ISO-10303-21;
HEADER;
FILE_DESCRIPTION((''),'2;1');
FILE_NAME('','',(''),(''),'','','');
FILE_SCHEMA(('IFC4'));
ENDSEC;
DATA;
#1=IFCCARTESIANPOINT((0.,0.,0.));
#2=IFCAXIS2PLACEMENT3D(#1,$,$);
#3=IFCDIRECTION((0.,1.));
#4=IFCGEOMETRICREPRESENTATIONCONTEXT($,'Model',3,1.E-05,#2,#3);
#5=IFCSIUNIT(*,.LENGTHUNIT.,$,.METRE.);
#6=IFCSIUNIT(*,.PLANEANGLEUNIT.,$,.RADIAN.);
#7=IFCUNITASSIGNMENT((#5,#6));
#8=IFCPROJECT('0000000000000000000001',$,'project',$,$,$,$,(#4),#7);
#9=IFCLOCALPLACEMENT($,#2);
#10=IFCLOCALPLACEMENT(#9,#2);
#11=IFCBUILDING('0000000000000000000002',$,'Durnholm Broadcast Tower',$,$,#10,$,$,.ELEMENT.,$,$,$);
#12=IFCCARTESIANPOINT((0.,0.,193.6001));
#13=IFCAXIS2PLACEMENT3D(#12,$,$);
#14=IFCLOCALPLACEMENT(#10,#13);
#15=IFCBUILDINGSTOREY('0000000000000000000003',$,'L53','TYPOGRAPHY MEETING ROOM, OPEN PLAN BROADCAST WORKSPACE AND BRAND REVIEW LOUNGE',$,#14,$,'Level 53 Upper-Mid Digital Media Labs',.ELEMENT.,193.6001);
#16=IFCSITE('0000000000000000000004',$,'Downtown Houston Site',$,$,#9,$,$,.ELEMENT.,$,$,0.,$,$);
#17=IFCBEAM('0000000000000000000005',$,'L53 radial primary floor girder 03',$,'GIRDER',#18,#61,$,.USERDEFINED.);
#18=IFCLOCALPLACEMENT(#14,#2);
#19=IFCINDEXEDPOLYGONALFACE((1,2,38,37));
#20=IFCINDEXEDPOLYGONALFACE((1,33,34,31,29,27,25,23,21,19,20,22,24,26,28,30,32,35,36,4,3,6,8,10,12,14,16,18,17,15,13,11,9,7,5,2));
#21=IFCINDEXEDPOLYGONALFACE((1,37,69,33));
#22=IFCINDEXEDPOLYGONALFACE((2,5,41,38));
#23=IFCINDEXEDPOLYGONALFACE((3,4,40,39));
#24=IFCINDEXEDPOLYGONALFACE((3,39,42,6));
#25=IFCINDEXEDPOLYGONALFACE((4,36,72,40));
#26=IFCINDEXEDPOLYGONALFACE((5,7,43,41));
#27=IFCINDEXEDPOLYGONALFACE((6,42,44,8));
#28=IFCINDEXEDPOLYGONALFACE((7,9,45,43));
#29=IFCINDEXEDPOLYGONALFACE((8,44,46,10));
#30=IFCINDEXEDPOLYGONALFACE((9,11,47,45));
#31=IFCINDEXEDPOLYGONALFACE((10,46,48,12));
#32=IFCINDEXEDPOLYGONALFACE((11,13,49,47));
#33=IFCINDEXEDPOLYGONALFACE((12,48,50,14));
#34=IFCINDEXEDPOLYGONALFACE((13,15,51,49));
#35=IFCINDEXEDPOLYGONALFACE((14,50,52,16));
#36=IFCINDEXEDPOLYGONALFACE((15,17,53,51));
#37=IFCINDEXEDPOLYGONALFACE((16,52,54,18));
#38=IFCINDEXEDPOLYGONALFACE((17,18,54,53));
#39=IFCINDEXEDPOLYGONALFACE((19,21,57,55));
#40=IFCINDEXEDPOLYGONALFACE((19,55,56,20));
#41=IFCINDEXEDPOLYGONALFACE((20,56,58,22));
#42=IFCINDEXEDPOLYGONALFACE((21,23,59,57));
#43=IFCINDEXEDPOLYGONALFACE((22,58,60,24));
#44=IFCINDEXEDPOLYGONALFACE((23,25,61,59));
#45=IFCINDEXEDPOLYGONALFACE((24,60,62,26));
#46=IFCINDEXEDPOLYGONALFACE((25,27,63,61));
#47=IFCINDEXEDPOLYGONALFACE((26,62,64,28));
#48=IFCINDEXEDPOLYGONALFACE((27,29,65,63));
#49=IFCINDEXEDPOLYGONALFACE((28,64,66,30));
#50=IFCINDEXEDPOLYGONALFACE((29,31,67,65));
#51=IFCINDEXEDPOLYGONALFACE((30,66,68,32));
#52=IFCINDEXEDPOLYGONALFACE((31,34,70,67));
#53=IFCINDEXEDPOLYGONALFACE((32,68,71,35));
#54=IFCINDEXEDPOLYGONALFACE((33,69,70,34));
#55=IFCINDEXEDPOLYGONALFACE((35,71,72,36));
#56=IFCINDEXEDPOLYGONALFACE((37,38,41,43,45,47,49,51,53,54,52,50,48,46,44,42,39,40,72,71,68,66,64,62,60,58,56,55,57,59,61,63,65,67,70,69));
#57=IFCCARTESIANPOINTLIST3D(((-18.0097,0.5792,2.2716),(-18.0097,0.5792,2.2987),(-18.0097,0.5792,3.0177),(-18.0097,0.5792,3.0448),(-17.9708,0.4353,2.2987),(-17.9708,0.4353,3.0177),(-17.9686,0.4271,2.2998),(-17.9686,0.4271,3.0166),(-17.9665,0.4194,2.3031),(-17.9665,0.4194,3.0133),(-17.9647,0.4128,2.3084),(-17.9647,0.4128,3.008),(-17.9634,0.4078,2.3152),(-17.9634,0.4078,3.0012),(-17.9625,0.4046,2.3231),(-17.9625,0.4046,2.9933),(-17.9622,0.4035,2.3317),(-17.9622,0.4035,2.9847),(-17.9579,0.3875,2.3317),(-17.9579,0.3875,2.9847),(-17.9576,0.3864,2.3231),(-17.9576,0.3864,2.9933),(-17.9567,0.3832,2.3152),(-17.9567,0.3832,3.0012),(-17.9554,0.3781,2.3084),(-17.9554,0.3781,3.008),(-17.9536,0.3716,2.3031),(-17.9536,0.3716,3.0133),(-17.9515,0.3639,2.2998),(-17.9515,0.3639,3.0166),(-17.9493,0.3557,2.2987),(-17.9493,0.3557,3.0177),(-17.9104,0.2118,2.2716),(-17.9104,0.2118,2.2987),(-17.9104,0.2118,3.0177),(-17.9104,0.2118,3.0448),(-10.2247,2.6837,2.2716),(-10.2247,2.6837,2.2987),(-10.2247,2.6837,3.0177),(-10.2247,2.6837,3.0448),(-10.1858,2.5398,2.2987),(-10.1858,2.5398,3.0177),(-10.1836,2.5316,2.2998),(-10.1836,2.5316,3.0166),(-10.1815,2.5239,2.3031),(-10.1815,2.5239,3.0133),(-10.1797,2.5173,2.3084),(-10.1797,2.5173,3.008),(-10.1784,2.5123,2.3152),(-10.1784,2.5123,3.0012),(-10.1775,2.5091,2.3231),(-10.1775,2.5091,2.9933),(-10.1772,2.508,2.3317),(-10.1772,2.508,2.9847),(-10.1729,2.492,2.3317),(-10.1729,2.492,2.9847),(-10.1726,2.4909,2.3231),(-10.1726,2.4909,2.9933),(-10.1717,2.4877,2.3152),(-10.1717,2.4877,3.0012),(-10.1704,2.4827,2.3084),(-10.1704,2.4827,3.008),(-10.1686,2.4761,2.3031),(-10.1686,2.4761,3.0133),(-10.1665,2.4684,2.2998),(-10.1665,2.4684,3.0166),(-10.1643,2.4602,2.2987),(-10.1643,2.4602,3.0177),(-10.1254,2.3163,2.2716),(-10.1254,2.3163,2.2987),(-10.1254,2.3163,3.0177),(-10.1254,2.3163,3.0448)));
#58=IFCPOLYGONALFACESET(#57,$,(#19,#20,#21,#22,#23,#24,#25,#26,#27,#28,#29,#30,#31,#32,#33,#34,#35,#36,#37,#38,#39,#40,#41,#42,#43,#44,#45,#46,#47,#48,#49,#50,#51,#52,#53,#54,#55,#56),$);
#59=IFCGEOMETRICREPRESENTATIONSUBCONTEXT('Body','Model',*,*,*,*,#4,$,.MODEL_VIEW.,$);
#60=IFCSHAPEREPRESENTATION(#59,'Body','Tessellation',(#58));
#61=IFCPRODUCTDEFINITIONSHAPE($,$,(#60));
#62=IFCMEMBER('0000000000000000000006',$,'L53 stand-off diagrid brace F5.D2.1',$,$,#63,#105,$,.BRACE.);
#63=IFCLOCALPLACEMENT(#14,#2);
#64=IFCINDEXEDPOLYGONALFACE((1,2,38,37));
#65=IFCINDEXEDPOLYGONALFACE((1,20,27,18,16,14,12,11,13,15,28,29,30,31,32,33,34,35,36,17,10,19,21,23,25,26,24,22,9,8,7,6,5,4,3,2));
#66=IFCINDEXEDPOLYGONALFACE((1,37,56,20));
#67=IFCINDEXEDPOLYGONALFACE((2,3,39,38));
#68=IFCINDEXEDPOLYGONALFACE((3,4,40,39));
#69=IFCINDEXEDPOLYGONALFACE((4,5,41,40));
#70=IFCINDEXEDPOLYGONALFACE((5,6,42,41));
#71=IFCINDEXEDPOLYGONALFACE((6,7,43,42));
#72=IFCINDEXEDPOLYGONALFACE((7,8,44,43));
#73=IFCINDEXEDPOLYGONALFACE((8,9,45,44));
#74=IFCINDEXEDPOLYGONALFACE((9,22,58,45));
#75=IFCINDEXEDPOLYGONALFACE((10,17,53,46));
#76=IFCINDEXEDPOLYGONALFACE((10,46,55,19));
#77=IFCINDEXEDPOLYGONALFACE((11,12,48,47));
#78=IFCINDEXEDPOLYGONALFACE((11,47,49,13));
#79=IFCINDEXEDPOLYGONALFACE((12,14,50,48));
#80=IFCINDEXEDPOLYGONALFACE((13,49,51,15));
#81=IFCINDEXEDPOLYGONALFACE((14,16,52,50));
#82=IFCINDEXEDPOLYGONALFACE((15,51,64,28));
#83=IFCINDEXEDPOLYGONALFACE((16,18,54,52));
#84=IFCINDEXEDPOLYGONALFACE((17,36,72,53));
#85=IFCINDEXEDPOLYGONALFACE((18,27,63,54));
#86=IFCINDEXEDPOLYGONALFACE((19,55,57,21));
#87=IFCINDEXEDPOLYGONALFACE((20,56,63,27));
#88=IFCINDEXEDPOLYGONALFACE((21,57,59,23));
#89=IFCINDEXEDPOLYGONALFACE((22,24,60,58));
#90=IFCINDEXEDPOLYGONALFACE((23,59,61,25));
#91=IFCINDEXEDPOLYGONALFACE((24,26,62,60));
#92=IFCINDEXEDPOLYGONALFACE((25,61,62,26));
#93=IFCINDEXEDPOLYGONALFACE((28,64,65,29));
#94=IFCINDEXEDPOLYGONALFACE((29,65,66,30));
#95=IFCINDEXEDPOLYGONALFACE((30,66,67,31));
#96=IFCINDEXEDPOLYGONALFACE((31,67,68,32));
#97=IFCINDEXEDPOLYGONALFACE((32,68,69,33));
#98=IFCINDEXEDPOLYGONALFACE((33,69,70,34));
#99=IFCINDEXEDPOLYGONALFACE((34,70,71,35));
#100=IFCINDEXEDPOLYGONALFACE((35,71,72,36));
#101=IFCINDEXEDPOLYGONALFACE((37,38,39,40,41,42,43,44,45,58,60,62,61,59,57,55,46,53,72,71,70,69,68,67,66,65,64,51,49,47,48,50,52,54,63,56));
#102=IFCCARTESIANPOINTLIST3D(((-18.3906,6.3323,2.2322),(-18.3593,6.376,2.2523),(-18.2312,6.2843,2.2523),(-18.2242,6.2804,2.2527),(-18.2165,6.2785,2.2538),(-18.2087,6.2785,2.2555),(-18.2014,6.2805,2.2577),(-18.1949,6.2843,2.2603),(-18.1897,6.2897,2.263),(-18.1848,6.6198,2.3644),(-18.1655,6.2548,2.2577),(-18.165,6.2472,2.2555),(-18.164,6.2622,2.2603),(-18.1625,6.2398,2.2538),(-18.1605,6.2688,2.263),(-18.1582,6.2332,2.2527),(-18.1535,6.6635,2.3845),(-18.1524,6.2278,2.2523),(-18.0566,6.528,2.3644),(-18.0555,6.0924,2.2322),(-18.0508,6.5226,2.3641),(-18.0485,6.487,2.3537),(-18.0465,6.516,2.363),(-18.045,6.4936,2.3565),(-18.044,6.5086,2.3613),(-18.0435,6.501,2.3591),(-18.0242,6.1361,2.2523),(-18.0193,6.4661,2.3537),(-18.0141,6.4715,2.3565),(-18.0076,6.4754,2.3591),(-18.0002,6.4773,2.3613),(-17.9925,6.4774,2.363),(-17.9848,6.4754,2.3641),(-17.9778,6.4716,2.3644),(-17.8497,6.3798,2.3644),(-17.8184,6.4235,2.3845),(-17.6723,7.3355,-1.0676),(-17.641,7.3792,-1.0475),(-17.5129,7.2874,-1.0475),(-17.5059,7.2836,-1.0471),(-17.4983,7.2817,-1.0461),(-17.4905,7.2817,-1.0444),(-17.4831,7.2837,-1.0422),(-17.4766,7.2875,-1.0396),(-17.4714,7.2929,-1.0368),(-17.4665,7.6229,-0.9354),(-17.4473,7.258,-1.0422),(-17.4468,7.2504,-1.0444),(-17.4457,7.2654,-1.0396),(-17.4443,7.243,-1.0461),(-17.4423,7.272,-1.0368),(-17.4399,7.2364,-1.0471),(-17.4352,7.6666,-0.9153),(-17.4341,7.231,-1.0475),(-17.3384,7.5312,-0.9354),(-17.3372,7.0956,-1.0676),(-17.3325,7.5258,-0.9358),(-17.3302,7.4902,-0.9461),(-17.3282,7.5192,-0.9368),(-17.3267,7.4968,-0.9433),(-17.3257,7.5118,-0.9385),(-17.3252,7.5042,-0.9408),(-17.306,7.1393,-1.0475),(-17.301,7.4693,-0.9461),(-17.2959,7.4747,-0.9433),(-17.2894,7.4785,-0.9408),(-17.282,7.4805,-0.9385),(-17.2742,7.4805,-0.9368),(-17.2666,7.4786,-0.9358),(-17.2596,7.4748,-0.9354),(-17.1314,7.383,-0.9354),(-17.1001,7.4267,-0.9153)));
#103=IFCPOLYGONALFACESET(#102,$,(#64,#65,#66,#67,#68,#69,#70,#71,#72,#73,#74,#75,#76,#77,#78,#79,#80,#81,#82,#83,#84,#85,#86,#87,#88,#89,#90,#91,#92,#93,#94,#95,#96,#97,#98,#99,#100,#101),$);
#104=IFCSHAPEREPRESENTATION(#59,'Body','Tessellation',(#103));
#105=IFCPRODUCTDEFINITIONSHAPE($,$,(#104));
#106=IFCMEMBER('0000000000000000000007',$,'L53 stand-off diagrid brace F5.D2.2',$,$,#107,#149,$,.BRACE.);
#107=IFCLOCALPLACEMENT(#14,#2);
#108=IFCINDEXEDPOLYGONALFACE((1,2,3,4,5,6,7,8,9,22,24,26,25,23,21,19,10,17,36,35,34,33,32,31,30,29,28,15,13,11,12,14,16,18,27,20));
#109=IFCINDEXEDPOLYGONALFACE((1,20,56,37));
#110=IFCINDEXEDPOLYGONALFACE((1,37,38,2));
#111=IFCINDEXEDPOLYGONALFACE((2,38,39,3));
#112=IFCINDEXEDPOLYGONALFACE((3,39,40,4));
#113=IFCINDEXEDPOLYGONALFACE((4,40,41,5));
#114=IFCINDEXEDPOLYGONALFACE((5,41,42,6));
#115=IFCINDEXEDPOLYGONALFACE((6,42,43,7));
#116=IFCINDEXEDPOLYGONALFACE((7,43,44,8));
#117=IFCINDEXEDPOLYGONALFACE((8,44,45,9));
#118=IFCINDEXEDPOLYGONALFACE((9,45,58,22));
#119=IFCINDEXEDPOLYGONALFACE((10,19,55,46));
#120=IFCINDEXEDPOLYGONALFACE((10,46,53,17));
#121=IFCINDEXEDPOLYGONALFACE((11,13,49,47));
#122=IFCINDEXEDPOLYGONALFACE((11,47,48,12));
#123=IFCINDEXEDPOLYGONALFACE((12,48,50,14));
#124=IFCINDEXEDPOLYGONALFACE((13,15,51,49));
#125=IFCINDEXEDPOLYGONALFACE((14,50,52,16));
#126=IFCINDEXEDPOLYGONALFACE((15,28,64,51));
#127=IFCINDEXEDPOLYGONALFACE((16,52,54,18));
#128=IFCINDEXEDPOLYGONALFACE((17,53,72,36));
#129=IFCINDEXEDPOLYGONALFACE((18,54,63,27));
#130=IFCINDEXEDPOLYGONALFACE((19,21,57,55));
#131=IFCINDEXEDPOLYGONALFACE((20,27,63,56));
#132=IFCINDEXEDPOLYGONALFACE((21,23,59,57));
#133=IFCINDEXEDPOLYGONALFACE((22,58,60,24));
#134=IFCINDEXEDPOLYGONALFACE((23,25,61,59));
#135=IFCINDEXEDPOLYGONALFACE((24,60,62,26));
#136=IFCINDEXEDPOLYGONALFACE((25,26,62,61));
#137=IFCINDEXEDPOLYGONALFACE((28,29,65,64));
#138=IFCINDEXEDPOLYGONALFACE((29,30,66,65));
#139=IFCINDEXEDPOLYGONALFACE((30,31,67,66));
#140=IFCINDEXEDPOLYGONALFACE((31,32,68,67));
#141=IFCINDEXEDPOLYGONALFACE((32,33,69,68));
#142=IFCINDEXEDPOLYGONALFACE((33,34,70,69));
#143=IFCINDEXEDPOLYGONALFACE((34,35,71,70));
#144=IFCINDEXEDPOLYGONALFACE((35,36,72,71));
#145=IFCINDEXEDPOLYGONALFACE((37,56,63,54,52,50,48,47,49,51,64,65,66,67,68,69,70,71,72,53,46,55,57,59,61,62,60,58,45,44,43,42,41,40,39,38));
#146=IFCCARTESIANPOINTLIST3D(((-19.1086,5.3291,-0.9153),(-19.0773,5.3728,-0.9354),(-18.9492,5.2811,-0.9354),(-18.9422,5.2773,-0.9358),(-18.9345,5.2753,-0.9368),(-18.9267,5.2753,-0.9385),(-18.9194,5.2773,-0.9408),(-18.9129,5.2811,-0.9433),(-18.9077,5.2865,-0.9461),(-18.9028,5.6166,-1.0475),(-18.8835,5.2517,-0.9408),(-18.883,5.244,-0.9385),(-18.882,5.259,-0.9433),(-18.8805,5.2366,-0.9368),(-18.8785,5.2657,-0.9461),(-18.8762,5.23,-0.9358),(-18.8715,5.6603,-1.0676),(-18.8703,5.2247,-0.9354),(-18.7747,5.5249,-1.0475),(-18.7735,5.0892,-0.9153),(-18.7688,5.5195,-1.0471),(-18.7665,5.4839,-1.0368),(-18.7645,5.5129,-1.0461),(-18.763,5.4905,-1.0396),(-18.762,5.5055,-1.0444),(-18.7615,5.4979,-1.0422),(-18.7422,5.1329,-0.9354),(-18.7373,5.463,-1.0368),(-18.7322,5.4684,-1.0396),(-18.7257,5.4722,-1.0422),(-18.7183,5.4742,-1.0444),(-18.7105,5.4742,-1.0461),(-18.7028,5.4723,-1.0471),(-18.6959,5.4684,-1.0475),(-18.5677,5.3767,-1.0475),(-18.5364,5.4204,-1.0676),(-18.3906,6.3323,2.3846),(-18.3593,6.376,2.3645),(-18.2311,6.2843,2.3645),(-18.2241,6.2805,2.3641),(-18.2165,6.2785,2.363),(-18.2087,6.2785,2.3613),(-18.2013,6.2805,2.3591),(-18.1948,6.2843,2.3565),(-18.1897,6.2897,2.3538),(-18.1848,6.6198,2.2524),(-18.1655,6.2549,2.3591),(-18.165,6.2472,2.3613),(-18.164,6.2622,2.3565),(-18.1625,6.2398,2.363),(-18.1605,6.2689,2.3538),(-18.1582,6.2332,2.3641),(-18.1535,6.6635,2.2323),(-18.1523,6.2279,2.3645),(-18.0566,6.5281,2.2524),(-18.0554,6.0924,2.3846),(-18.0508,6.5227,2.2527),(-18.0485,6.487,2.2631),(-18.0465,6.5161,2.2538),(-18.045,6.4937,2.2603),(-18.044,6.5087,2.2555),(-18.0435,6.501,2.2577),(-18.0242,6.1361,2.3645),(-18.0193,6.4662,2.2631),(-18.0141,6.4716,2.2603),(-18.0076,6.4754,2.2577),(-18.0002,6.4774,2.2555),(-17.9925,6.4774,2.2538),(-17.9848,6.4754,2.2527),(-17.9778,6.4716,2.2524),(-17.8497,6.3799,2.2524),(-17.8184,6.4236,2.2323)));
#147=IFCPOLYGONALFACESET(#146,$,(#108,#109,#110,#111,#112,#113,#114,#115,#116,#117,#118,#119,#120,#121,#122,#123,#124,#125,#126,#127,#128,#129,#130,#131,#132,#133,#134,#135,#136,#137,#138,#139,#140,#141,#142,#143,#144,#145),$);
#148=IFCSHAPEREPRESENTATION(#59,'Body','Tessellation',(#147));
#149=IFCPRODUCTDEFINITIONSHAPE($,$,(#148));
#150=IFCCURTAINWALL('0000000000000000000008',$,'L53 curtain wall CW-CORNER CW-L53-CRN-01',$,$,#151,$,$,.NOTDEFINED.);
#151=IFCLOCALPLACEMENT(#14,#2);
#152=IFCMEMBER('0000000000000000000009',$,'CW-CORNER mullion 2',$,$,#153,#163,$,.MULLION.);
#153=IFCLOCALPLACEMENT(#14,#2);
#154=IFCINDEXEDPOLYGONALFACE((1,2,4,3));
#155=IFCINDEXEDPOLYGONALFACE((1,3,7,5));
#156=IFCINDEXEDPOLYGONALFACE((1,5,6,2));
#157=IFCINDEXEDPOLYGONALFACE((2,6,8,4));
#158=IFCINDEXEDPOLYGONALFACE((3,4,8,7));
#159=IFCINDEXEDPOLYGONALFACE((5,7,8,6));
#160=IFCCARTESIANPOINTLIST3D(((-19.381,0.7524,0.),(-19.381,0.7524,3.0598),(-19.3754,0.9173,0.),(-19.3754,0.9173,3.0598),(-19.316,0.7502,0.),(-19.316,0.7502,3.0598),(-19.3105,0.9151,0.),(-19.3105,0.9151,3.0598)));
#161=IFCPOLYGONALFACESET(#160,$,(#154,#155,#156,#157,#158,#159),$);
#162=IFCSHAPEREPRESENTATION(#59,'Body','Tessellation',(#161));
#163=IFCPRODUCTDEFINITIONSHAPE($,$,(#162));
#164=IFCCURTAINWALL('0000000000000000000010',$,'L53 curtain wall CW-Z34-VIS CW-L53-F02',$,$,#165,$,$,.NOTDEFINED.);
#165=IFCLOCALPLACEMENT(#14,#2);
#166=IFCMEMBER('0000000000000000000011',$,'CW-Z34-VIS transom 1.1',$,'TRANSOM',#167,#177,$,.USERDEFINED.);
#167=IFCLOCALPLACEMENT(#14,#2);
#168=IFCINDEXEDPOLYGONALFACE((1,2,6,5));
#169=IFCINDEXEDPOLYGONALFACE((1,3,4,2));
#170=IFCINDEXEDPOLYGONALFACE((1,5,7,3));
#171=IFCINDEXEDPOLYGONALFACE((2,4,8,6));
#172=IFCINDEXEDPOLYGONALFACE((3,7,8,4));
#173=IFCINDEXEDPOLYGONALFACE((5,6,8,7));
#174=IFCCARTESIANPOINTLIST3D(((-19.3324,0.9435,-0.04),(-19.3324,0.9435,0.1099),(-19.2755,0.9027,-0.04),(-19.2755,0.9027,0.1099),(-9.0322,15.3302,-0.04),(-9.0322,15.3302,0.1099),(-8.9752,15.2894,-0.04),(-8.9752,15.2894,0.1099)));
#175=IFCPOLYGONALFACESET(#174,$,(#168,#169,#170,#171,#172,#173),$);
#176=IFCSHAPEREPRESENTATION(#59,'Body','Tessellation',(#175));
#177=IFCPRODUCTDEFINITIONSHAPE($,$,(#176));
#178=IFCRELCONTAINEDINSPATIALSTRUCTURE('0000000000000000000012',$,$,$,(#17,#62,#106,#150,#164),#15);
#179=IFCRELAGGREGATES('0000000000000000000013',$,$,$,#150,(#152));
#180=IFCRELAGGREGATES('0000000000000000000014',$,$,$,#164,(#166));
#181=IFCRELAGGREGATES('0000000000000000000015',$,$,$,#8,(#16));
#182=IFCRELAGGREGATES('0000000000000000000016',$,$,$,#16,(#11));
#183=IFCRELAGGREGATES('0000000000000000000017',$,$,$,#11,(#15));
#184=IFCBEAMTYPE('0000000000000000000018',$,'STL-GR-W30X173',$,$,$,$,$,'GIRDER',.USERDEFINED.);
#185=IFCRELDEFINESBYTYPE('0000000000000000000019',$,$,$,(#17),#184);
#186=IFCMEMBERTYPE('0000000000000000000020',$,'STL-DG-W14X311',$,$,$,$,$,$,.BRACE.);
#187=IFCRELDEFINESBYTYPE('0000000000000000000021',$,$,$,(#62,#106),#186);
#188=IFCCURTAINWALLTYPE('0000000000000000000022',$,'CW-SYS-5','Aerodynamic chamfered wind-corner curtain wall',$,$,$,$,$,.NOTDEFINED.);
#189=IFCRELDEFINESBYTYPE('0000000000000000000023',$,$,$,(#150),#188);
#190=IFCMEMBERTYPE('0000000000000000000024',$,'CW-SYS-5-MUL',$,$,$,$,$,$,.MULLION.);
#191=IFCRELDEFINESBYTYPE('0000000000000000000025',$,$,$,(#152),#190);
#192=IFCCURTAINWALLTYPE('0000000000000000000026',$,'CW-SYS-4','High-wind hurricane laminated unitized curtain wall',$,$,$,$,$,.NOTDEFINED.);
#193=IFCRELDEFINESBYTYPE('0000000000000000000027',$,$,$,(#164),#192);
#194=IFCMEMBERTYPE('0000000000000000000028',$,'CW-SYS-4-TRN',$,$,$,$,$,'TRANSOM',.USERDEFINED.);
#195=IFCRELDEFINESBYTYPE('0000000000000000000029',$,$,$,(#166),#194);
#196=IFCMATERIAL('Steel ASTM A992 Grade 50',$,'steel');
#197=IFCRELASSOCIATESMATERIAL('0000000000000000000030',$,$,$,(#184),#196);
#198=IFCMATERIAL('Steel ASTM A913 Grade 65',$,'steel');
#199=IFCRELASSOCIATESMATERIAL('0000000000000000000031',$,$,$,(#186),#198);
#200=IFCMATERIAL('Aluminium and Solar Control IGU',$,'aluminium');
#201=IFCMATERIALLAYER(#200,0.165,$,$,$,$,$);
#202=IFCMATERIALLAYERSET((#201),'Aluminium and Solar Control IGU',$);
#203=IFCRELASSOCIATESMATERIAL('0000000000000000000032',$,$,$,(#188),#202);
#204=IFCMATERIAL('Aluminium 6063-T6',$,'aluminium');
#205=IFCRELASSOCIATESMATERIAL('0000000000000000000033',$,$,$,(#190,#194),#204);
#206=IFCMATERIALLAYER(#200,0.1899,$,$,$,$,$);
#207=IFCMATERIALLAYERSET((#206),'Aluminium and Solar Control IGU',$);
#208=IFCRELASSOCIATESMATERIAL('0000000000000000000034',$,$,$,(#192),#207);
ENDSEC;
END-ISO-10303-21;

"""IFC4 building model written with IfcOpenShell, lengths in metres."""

from ifc_helpers import new_model, si_unit, direction, frame, origin, origin_2d, place, context, subcontext, project, spatial, rectangle, i_section, extrude, source, transform, mapped, material, layer, layer_set, material_profile, profile_set, type_object, type_shapes, element, aggregate, save


model = new_model("IFC4")

# Units and contexts
model_context = context("Model", 3, precision=1e-05, world=origin(), true_north=direction((0.0, 1.0)))
body_context = subcontext(model_context, "Body", "Model", "MODEL_VIEW")
ifc_project = project(units=[si_unit("LENGTHUNIT", "METRE"), si_unit("PLANEANGLEUNIT", "RADIAN")], contexts=[model_context])

# Site, building, storey
site_placement = place(None, origin())
site = spatial("IfcSite", under=ifc_project, at=site_placement, Name="Downtown Houston Site", CompositionType="ELEMENT", RefElevation=0.0)
building_placement = place(site_placement, origin())
building = spatial("IfcBuilding", under=site, at=building_placement, Name="Durnholm Broadcast Tower", CompositionType="ELEMENT")
storey_placement = place(building_placement, frame((0.0, 0.0, 193.6001)))
storey = spatial("IfcBuildingStorey", under=building, at=storey_placement, Name="L53", Description="TYPOGRAPHY MEETING ROOM, OPEN PLAN BROADCAST WORKSPACE AND BRAND REVIEW LOUNGE", LongName="Level 53 Upper-Mid Digital Media Labs", CompositionType="ELEMENT", Elevation=193.6001)

# Beam
ifc_material_1 = material(Name="Steel ASTM A992 Grade 50", Category="steel")
ifc_material_profile_1 = material_profile(ifc_material_1, i_section(OverallWidth=0.3806, OverallDepth=0.7732, WebThickness=0.0166, FlangeThickness=0.0271, FilletRadius=0.033, at=origin_2d()), Name="W30X173")
ifc_profile_set_1 = profile_set([ifc_material_profile_1], Name="Steel ASTM A992 Grade 50")
beam_type_1 = type_object("IfcBeamType", Name="STL-GR-W30X173", ElementType="GIRDER", PredefinedType="USERDEFINED", material=ifc_profile_set_1)
shared_shape_1 = source(origin(), body_context, "Body", "SweptSolid", [
    extrude(i_section(OverallWidth=0.3806, OverallDepth=0.7732, WebThickness=0.0166, FlangeThickness=0.0271, FilletRadius=0.033, at=origin_2d()), origin(), (0.0, 0.0, 1.0), 8.0645),
])
beam_1_placement = place(storey_placement, frame((-10.175, 2.5, 2.6582), z_axis=(-0.965349, -0.260962, 0.0), x_axis=(0.260962, -0.965349, 0.0)))
element("IfcBeam", 1, at=beam_1_placement, inside=storey, type_object=beam_type_1, Name="L53 radial primary floor girder 03", ObjectType="GIRDER", PredefinedType="USERDEFINED", context=body_context, shape_type="MappedRepresentation", body=[
    mapped(shared_shape_1, transform((0.0, 0.0, 0.0), x_axis=(1.0, 0.0, 0.0), y_axis=(0.0, 1.0, 0.0), z_axis=(0.0, 0.0, 1.0), scale=1.0)),
])

# Members
ifc_material_2 = material(Name="Steel ASTM A913 Grade 65", Category="steel")
ifc_material_profile_2 = material_profile(ifc_material_2, i_section(OverallWidth=0.4121, OverallDepth=0.4348, WebThickness=0.0359, FlangeThickness=0.0574, FilletRadius=0.0305, at=origin_2d()), Name="W14X311")
ifc_profile_set_2 = profile_set([ifc_material_profile_2], Name="Steel ASTM A913 Grade 65")
member_type_1 = type_object("IfcMemberType", Name="STL-DG-W14X311", PredefinedType="BRACE", material=ifc_profile_set_2)
shared_shape_2 = source(origin(), body_context, "Body", "SweptSolid", [
    extrude(i_section(OverallWidth=0.4121, OverallDepth=0.4348, WebThickness=0.0359, FlangeThickness=0.0574, FilletRadius=0.0305, at=origin_2d()), origin(), (0.0, 0.0, 1.0), 3.5229),
])
type_shapes(member_type_1, [shared_shape_2])
for number, where, z_axis, x_axis, name in (
    (2, (-17.3862, 7.3811, -0.9915), (-0.203882, -0.284756, 0.936667), (0.813078, -0.582155, 0.0), "L53 stand-off diagrid brace F5.D2.1"),
    (3, (-18.8225, 5.3748, -0.9915), (0.203816, 0.28476, 0.936681), (-0.813171, 0.582024, 0.0), "L53 stand-off diagrid brace F5.D2.2"),
):
    element("IfcMember", number, at=place(storey_placement, frame(where, z_axis=z_axis, x_axis=x_axis)), inside=storey, type_object=member_type_1, Name=name, PredefinedType="BRACE", context=body_context, shape_type="MappedRepresentation", body=[
        mapped(shared_shape_2, transform((0.0, 0.0, 0.0), x_axis=(1.0, 0.0, 0.0), y_axis=(0.0, 1.0, 0.0), z_axis=(0.0, 0.0, 1.0), scale=1.0)),
    ])

# Curtain wall, member
ifc_material_3 = material(Name="Aluminium and Solar Control IGU", Category="aluminium")
ifc_layer_1 = layer(ifc_material_3, 0.165)
ifc_layer_set_1 = layer_set([ifc_layer_1], Name="Aluminium and Solar Control IGU")
curtain_wall_type_1 = type_object("IfcCurtainWallType", Name="CW-SYS-5", Description="Aerodynamic chamfered wind-corner curtain wall", PredefinedType="NOTDEFINED", material=ifc_layer_set_1)
curtain_wall_1_placement = place(storey_placement, origin())
curtain_wall_1 = element("IfcCurtainWall", 4, at=curtain_wall_1_placement, inside=storey, type_object=curtain_wall_type_1, Name="L53 curtain wall CW-CORNER CW-L53-CRN-01", PredefinedType="NOTDEFINED")
ifc_material_4 = material(Name="Aluminium 6063-T6", Category="aluminium")
ifc_material_profile_3 = material_profile(ifc_material_4, rectangle(XDim=0.0649, YDim=0.165, at=origin_2d()), Name="CWM65X165")
ifc_profile_set_3 = profile_set([ifc_material_profile_3], Name="Aluminium 6063-T6")
member_type_2 = type_object("IfcMemberType", Name="CW-SYS-5-MUL", PredefinedType="MULLION", material=ifc_profile_set_3)
shared_shape_3 = source(origin(), body_context, "Body", "SweptSolid", [
    extrude(rectangle(XDim=0.0649, YDim=0.165, at=origin_2d()), origin(), (0.0, 0.0, 1.0), 3.0598),
])
type_shapes(member_type_2, [shared_shape_3])
member_1_placement = place(storey_placement, frame((-19.3457, 0.8337, 0.0), z_axis=(0.0, 0.0, 1.0), x_axis=(-0.999425, 0.033913, 0.0)))
member_1 = element("IfcMember", 5, at=member_1_placement, type_object=member_type_2, Name="CW-CORNER mullion 2", PredefinedType="MULLION", context=body_context, shape_type="MappedRepresentation", body=[
    mapped(shared_shape_3, transform((0.0, 0.0, 0.0), x_axis=(1.0, 0.0, 0.0), y_axis=(0.0, 1.0, 0.0), z_axis=(0.0, 0.0, 1.0), scale=1.0)),
])
aggregate(curtain_wall_1, [member_1])

# Curtain wall, member
ifc_layer_2 = layer(ifc_material_3, 0.1899)
ifc_layer_set_2 = layer_set([ifc_layer_2], Name="Aluminium and Solar Control IGU")
curtain_wall_type_2 = type_object("IfcCurtainWallType", Name="CW-SYS-4", Description="High-wind hurricane laminated unitized curtain wall", PredefinedType="NOTDEFINED", material=ifc_layer_set_2)
curtain_wall_2_placement = place(storey_placement, origin())
curtain_wall_2 = element("IfcCurtainWall", 6, at=curtain_wall_2_placement, inside=storey, type_object=curtain_wall_type_2, Name="L53 curtain wall CW-Z34-VIS CW-L53-F02", PredefinedType="NOTDEFINED")
ifc_material_profile_4 = material_profile(ifc_material_4, rectangle(XDim=0.0701, YDim=0.1499, at=origin_2d()), Name="CWT70X150")
ifc_profile_set_4 = profile_set([ifc_material_profile_4], Name="Aluminium 6063-T6")
member_type_3 = type_object("IfcMemberType", Name="CW-SYS-4-TRN", ElementType="TRANSOM", PredefinedType="USERDEFINED", material=ifc_profile_set_4)
shared_shape_4 = source(origin(), body_context, "Body", "SweptSolid", [
    extrude(rectangle(XDim=0.0701, YDim=0.1499, at=origin_2d()), origin(), (0.0, 0.0, 1.0), 17.6938),
])
type_shapes(member_type_3, [shared_shape_4])
member_2_placement = place(storey_placement, frame((-19.304, 0.9231, 0.0349), z_axis=(0.582138, 0.81309, 0.0), x_axis=(-0.81309, 0.582138, 0.0)))
member_2 = element("IfcMember", 7, at=member_2_placement, type_object=member_type_3, Name="CW-Z34-VIS transom 1.1", ObjectType="TRANSOM", PredefinedType="USERDEFINED", context=body_context, shape_type="MappedRepresentation", body=[
    mapped(shared_shape_4, transform((0.0, 0.0, 0.0), x_axis=(1.0, 0.0, 0.0), y_axis=(0.0, 1.0, 0.0), z_axis=(0.0, 0.0, 1.0), scale=1.0)),
])
aggregate(curtain_wall_2, [member_2])

save(model, "model.ifc")
